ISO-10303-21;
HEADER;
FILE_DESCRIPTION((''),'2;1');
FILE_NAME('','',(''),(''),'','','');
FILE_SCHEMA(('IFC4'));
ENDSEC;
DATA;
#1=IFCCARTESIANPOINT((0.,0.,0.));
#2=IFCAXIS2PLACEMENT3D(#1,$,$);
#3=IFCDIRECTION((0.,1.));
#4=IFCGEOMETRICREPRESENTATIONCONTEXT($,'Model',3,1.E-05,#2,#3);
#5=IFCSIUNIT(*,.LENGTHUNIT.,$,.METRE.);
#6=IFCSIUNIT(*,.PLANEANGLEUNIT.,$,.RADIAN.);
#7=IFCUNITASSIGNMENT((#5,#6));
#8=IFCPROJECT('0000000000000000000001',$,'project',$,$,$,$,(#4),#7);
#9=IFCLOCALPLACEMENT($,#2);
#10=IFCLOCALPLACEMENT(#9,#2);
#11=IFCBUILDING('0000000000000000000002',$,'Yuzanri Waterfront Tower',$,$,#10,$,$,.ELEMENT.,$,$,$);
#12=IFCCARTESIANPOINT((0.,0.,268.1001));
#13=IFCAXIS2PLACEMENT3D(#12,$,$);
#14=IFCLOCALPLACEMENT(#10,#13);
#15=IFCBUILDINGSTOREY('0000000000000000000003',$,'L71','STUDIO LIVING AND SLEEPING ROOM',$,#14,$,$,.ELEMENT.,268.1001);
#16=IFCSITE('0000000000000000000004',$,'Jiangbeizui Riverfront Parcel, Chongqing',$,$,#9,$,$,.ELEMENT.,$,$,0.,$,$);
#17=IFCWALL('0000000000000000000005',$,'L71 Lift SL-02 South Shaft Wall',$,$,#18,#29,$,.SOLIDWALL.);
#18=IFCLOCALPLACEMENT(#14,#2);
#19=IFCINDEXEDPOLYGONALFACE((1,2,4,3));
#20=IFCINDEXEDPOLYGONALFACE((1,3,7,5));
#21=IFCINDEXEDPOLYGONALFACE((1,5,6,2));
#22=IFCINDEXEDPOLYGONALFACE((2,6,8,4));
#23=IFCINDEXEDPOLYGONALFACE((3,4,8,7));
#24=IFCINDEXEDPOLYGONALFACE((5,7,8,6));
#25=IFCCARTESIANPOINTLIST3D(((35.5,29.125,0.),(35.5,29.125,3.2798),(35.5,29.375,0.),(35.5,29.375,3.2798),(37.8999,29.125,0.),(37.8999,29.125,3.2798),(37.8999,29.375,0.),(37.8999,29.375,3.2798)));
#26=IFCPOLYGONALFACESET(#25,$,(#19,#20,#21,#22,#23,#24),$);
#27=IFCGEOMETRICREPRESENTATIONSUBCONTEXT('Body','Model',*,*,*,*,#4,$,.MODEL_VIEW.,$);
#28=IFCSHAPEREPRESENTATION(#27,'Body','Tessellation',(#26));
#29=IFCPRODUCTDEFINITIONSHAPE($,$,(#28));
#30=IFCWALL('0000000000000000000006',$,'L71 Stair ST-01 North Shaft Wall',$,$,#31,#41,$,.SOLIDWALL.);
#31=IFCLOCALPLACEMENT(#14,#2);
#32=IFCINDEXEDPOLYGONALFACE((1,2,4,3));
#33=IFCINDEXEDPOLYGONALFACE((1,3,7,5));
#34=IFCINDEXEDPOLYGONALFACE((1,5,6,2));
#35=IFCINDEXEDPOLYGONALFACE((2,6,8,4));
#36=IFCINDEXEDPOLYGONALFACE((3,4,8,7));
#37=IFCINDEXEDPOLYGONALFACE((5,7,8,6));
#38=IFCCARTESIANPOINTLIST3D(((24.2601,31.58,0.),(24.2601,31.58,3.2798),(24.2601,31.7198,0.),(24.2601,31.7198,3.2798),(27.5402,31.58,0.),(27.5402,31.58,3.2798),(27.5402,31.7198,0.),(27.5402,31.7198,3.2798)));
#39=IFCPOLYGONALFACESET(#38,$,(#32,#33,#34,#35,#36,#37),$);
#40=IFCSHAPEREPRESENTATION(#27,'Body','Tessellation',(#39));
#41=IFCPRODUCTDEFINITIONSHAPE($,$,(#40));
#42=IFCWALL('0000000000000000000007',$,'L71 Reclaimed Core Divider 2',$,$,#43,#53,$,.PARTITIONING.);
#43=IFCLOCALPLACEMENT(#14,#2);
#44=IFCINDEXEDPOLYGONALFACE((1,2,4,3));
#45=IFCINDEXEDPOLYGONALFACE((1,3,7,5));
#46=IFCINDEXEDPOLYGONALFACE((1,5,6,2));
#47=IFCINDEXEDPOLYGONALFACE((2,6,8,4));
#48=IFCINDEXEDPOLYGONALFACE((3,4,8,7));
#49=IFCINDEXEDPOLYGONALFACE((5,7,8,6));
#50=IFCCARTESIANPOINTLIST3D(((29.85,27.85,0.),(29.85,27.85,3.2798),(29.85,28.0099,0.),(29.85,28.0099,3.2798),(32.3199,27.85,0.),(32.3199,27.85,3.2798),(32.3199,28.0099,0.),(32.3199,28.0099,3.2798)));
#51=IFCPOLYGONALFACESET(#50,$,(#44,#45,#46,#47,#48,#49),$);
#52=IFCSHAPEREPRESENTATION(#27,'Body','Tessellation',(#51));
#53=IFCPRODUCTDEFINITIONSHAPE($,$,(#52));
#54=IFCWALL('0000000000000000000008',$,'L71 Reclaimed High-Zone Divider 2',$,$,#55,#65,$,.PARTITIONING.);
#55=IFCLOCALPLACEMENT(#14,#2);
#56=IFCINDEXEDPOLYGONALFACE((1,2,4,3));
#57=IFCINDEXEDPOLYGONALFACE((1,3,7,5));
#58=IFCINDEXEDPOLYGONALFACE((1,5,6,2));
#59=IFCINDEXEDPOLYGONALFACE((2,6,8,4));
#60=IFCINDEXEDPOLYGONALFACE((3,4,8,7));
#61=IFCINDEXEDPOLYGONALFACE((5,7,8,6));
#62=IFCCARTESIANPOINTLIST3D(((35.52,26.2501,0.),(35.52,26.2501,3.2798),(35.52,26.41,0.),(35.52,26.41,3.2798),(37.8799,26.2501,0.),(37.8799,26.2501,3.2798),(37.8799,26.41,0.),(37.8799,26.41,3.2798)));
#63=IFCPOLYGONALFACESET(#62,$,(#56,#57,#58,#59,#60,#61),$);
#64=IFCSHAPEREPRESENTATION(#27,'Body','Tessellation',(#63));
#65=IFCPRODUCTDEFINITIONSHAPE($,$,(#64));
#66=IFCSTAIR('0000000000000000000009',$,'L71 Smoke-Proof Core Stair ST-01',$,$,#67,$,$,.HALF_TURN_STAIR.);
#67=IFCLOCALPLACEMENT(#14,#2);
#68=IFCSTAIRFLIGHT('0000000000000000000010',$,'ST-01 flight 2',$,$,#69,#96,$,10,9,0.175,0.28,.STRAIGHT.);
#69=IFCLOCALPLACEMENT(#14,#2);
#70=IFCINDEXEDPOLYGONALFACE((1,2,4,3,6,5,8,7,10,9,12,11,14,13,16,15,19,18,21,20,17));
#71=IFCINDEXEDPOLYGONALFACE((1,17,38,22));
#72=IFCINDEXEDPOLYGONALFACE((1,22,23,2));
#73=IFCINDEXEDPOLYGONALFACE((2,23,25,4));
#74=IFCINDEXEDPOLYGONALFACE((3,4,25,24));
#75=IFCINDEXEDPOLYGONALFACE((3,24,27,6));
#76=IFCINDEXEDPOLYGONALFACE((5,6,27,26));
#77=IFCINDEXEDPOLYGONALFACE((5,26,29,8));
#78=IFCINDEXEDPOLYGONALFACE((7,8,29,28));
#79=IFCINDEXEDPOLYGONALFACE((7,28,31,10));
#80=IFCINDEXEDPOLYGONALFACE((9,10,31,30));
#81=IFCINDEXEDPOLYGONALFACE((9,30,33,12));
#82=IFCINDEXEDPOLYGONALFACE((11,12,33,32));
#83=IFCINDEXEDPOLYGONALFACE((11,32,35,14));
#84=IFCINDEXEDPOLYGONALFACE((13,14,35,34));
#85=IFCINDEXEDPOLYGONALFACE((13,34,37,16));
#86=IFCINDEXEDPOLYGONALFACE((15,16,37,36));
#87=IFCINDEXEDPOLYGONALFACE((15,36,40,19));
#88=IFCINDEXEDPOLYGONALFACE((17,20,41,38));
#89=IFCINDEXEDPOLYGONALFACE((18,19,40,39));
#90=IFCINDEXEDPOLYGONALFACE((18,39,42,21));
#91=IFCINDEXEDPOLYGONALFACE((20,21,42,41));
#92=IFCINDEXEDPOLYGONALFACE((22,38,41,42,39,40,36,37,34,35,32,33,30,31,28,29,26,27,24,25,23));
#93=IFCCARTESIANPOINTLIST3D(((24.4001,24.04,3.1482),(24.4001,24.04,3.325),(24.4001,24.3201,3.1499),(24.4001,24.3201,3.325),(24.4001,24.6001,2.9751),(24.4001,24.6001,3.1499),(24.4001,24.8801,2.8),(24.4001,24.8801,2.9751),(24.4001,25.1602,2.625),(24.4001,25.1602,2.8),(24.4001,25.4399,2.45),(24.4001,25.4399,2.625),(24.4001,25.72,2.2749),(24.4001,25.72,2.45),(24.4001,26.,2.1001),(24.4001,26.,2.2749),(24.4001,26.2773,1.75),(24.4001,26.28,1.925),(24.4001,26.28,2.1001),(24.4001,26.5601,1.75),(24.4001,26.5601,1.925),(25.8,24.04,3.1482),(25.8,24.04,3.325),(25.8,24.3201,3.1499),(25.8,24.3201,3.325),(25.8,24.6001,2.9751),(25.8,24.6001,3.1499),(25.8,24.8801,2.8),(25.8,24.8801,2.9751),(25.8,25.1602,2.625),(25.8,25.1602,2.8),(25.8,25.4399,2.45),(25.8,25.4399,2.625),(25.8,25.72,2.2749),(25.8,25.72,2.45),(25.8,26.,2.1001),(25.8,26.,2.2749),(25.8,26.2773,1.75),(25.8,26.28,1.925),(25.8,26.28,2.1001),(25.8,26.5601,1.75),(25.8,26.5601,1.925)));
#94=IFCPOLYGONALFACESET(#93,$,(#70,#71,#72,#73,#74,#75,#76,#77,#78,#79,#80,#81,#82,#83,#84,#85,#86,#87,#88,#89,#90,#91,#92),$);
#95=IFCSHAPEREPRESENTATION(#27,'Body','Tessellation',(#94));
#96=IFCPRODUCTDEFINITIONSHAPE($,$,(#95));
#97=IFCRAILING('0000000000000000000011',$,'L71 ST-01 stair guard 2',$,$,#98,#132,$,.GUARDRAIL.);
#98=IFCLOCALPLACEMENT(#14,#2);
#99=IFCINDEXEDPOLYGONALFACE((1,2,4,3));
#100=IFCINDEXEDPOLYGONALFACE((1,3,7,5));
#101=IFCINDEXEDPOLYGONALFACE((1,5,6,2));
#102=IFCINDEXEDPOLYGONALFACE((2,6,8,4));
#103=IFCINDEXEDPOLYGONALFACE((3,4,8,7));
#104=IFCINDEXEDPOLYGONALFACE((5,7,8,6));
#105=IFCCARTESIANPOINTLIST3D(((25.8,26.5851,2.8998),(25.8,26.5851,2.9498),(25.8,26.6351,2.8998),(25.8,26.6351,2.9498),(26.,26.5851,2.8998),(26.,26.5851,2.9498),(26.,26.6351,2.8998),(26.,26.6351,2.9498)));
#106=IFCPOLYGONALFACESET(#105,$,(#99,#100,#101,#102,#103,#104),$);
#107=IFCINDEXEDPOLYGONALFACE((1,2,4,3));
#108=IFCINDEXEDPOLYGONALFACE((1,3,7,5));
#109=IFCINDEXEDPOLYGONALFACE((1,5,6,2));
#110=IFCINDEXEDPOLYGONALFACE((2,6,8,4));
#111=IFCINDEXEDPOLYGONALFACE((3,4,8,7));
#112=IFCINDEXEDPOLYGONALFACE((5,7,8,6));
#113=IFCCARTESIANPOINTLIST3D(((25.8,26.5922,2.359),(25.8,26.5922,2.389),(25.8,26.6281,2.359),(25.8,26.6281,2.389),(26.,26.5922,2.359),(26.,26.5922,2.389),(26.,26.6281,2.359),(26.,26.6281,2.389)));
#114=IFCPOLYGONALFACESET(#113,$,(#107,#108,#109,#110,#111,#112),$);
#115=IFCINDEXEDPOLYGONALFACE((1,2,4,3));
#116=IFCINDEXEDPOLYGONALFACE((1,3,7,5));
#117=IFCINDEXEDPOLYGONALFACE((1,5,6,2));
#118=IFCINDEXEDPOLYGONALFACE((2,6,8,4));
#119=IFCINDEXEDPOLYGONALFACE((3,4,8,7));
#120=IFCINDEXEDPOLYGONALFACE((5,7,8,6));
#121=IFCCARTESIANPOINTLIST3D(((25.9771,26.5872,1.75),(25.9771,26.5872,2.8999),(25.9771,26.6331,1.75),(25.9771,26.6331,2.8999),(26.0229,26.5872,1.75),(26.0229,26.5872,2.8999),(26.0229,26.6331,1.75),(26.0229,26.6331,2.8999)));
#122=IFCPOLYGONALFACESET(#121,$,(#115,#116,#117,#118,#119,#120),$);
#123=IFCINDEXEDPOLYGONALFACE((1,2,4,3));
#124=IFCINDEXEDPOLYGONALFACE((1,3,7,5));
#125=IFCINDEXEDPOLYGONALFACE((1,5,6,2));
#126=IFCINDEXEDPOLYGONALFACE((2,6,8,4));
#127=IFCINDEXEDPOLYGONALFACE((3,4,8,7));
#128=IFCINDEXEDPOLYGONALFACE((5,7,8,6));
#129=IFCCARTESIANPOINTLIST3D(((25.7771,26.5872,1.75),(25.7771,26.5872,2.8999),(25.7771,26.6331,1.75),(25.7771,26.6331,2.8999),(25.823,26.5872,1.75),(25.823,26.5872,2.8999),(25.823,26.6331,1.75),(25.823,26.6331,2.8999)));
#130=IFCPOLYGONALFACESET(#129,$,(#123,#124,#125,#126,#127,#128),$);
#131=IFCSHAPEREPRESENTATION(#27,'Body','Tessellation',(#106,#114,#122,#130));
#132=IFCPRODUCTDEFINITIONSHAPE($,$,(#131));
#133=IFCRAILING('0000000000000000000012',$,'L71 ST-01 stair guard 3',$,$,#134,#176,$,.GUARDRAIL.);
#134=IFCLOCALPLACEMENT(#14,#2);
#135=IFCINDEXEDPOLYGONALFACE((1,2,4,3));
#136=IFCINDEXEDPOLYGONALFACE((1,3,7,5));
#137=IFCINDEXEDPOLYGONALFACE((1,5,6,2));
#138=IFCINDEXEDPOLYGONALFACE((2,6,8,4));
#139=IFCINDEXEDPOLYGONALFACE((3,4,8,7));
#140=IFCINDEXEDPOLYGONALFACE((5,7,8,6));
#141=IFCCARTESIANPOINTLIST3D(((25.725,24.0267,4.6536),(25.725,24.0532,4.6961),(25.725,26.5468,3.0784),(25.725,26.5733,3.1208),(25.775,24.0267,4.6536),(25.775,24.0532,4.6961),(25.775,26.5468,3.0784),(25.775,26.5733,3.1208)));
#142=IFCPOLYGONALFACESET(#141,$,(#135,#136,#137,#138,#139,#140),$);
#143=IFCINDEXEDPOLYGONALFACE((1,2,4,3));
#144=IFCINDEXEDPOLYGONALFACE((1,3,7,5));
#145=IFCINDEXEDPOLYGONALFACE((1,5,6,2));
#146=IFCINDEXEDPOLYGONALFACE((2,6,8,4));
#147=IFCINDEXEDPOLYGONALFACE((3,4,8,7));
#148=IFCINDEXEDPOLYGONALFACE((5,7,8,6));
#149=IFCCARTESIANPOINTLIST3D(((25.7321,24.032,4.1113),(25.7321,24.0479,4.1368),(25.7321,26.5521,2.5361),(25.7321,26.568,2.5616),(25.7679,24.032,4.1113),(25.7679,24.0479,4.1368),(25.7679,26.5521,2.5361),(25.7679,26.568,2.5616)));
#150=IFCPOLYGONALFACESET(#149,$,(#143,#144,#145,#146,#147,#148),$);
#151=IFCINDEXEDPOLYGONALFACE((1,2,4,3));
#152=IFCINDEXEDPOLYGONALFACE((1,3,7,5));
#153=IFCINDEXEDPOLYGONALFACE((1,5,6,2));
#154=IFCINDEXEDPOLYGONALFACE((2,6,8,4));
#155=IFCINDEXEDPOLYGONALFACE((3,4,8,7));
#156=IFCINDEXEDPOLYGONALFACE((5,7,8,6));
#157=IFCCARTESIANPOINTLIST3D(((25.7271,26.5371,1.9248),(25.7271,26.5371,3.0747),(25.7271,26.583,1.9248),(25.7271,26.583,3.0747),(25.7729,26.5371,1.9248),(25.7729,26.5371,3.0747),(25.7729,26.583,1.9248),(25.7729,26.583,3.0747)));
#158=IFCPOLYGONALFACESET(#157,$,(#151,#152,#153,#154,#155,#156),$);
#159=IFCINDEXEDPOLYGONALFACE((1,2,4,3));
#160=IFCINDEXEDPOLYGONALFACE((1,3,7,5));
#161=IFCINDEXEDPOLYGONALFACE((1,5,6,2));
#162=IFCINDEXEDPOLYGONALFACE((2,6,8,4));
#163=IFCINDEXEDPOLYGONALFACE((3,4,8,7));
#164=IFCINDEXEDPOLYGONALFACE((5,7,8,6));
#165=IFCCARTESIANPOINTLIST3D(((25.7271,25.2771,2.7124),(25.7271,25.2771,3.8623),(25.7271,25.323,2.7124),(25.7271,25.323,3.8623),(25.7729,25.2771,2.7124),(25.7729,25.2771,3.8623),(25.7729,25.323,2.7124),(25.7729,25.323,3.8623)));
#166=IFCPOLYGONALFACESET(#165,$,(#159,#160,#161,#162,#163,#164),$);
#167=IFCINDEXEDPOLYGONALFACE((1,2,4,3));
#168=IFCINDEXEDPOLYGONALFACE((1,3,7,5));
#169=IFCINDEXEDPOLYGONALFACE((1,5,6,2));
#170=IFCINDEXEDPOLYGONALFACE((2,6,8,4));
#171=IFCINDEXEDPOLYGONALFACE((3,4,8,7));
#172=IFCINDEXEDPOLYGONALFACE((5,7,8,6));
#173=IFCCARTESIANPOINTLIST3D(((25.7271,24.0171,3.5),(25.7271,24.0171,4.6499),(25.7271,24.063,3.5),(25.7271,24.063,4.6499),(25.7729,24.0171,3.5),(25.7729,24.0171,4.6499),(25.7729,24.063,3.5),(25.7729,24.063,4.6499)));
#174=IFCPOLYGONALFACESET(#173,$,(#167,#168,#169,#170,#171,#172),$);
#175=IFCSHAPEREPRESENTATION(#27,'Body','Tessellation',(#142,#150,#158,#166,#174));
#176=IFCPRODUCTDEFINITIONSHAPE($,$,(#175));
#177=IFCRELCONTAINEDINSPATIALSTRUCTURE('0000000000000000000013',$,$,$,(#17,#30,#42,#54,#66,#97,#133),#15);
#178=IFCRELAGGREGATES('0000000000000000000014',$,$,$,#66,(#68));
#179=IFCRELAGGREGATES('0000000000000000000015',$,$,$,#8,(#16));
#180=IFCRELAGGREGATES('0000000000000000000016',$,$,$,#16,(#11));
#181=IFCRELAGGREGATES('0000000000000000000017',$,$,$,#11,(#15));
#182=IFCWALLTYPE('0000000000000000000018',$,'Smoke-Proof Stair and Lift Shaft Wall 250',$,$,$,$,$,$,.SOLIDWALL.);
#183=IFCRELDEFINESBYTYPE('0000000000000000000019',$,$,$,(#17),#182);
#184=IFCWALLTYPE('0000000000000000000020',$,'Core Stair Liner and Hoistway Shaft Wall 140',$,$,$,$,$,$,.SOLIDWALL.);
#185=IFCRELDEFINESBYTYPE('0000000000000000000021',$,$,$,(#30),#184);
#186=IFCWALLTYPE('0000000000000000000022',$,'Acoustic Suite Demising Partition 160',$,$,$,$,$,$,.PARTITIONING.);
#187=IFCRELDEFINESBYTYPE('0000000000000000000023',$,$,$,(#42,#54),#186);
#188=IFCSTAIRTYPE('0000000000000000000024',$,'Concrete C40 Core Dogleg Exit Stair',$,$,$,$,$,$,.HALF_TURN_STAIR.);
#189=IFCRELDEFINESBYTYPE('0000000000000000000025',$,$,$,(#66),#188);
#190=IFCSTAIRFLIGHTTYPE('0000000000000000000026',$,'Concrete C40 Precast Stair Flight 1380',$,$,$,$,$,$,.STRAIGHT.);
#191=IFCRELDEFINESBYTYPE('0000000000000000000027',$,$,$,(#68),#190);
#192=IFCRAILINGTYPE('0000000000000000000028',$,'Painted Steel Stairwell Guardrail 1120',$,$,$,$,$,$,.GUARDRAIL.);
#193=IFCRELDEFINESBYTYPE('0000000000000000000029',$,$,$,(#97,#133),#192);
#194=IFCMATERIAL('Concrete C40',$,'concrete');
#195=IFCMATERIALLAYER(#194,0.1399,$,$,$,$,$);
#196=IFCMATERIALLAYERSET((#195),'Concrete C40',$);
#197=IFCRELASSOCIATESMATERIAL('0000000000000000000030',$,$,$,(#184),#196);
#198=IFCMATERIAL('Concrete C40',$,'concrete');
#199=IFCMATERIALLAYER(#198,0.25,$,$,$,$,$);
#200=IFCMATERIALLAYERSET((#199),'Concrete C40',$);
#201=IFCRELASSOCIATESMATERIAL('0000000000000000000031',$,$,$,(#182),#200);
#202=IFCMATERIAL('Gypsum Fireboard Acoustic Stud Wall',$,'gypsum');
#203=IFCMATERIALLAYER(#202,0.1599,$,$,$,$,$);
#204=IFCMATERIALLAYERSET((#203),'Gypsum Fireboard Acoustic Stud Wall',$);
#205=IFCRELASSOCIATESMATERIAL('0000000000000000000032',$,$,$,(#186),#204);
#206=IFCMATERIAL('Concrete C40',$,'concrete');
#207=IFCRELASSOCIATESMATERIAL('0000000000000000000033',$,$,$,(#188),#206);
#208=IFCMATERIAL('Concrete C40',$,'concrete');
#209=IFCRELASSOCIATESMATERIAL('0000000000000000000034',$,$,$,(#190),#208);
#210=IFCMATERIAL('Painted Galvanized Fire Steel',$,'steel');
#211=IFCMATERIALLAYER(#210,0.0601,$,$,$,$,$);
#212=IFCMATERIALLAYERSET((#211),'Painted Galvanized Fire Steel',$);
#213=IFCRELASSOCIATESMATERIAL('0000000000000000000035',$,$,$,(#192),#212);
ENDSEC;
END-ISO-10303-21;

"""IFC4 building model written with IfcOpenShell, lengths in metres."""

from ifc_helpers import new_model, si_unit, direction, frame, frame_2d, origin, origin_2d, place, context, subcontext, project, spatial, polyline, rectangle, outline, extrude, source, transform, mapped, material, layer, layer_set, type_object, element, aggregate, save


model = new_model("IFC4")

# Units and contexts
model_context = context("Model", 3, precision=1e-05, world=origin(), true_north=direction((0.0, 1.0)))
body_context = subcontext(model_context, "Body", "Model", "MODEL_VIEW")
ifc_project = project(units=[si_unit("LENGTHUNIT", "METRE"), si_unit("PLANEANGLEUNIT", "RADIAN")], contexts=[model_context])

# Site, building, storey
site_placement = place(None, origin())
site = spatial("IfcSite", under=ifc_project, at=site_placement, Name="Jiangbeizui Riverfront Parcel, Chongqing", CompositionType="ELEMENT", RefElevation=0.0)
building_placement = place(site_placement, origin())
building = spatial("IfcBuilding", under=site, at=building_placement, Name="Yuzanri Waterfront Tower", CompositionType="ELEMENT")
storey_placement = place(building_placement, frame((0.0, 0.0, 268.1001)))
storey = spatial("IfcBuildingStorey", under=building, at=storey_placement, Name="L71", Description="STUDIO LIVING AND SLEEPING ROOM", CompositionType="ELEMENT", Elevation=268.1001)

# Shared definitions
ifc_material_1 = material(Name="Concrete C40", Category="concrete")
ifc_layer_1 = layer(ifc_material_1, 0.1399)
ifc_layer_set_1 = layer_set([ifc_layer_1], Name="Concrete C40")
wall_type_1 = type_object("IfcWallType", Name="Core Stair Liner and Hoistway Shaft Wall 140", PredefinedType="SOLIDWALL", material=ifc_layer_set_1)

# Walls
ifc_material_2 = material(Name="Concrete C40", Category="concrete")
ifc_layer_2 = layer(ifc_material_2, 0.25)
ifc_layer_set_2 = layer_set([ifc_layer_2], Name="Concrete C40")
wall_type_2 = type_object("IfcWallType", Name="Smoke-Proof Stair and Lift Shaft Wall 250", PredefinedType="SOLIDWALL", material=ifc_layer_set_2)
shared_shape_1 = source(origin(), body_context, "Body", "SweptSolid", [
    extrude(rectangle(XDim=2.3999, YDim=0.25, at=frame_2d((1.2, 0.0))), origin(), (0.0, 0.0, 1.0), 3.2798),
])
wall_1_placement = place(storey_placement, frame((35.5, 29.25, 0.0), z_axis=(0.0, 0.0, 1.0), x_axis=(1.0, 0.0, 0.0)))
element("IfcWall", 1, at=wall_1_placement, inside=storey, type_object=wall_type_2, Name="L71 Lift SL-02 South Shaft Wall", PredefinedType="SOLIDWALL", context=body_context, shape_type="MappedRepresentation", body=[
    mapped(shared_shape_1, transform((0.0, 0.0, 0.0), scale=1.0)),
])
shared_shape_2 = source(origin(), body_context, "Body", "SweptSolid", [
    extrude(rectangle(XDim=3.28, YDim=0.1399, at=frame_2d((1.6401, 0.0))), origin(), (0.0, 0.0, 1.0), 3.2798),
])
wall_2_placement = place(storey_placement, frame((24.26, 31.6499, 0.0), z_axis=(0.0, 0.0, 1.0), x_axis=(1.0, 0.0, 0.0)))
element("IfcWall", 2, at=wall_2_placement, inside=storey, type_object=wall_type_1, Name="L71 Stair ST-01 North Shaft Wall", PredefinedType="SOLIDWALL", context=body_context, shape_type="MappedRepresentation", body=[
    mapped(shared_shape_2, transform((0.0, 0.0, 0.0), scale=1.0)),
])
ifc_material_3 = material(Name="Gypsum Fireboard Acoustic Stud Wall", Category="gypsum")
ifc_layer_3 = layer(ifc_material_3, 0.1599)
ifc_layer_set_3 = layer_set([ifc_layer_3], Name="Gypsum Fireboard Acoustic Stud Wall")
wall_type_3 = type_object("IfcWallType", Name="Acoustic Suite Demising Partition 160", PredefinedType="PARTITIONING", material=ifc_layer_set_3)
shared_shape_3 = source(origin(), body_context, "Body", "SweptSolid", [
    extrude(rectangle(XDim=2.47, YDim=0.1599, at=frame_2d((1.2349, 0.0))), origin(), (0.0, 0.0, 1.0), 3.2798),
])
wall_3_placement = place(storey_placement, frame((29.8501, 27.9299, 0.0), z_axis=(0.0, 0.0, 1.0), x_axis=(1.0, 0.0, 0.0)))
element("IfcWall", 3, at=wall_3_placement, inside=storey, type_object=wall_type_3, Name="L71 Reclaimed Core Divider 2", PredefinedType="PARTITIONING", context=body_context, shape_type="MappedRepresentation", body=[
    mapped(shared_shape_3, transform((0.0, 0.0, 0.0), scale=1.0)),
])
shared_shape_4 = source(origin(), body_context, "Body", "SweptSolid", [
    extrude(rectangle(XDim=2.3599, YDim=0.1599, at=frame_2d((1.1799, 0.0))), origin(), (0.0, 0.0, 1.0), 3.2798),
])
wall_4_placement = place(storey_placement, frame((35.52, 26.3301, 0.0), z_axis=(0.0, 0.0, 1.0), x_axis=(1.0, 0.0, 0.0)))
element("IfcWall", 4, at=wall_4_placement, inside=storey, type_object=wall_type_3, Name="L71 Reclaimed High-Zone Divider 2", PredefinedType="PARTITIONING", context=body_context, shape_type="MappedRepresentation", body=[
    mapped(shared_shape_4, transform((0.0, 0.0, 0.0), scale=1.0)),
])

# Stair, stair flight
ifc_material_4 = material(Name="Concrete C40", Category="concrete")
stair_type = type_object("IfcStairType", Name="Concrete C40 Core Dogleg Exit Stair", PredefinedType="HALF_TURN_STAIR", material=ifc_material_4)
stair_placement = place(storey_placement, origin())
stair = element("IfcStair", 5, at=stair_placement, inside=storey, type_object=stair_type, Name="L71 Smoke-Proof Core Stair ST-01", PredefinedType="HALF_TURN_STAIR")
ifc_material_5 = material(Name="Concrete C40", Category="concrete")
stair_flight_type = type_object("IfcStairFlightType", Name="Concrete C40 Precast Stair Flight 1380", PredefinedType="STRAIGHT", material=ifc_material_5)
shared_shape_5 = source(origin(), body_context, "Body", "SweptSolid", [
    extrude(outline(polyline([(0.0, 0.0), (0.0, 0.175), (0.28, 0.175), (0.28, 0.3501), (0.5601, 0.3501), (0.5601, 0.5249), (0.8401, 0.5249), (0.8401, 0.7), (1.1201, 0.7), (1.1201, 0.875), (1.3999, 0.875), (1.3999, 1.05), (1.6799, 1.05), (1.6799, 1.2251), (1.96, 1.2251), (1.96, 1.3999), (2.24, 1.3999), (2.24, 1.575), (2.52, 1.575), (2.52, 1.75), (2.52, 1.3982), (0.2827, 0.0), (0.0, 0.0)])), frame((0.0, 0.7, 0.0), z_axis=(0.0, -1.0, 0.0), x_axis=(1.0, 0.0, 0.0)), (0.0, 0.0, 1.0), 1.3999),
])
stair_flight_placement = place(storey_placement, frame((25.1001, 26.5601, 1.75), z_axis=(0.0, 0.0, 1.0), x_axis=(0.0, -1.0, 0.0)))
stair_flight = element("IfcStairFlight", 6, at=stair_flight_placement, type_object=stair_flight_type, Name="ST-01 flight 2", NumberOfRisers=10, NumberOfTreads=9, PredefinedType="STRAIGHT", RiserHeight=0.175, TreadLength=0.28, context=body_context, shape_type="MappedRepresentation", body=[
    mapped(shared_shape_5, transform((0.0, 0.0, 0.0), scale=1.0)),
])
aggregate(stair, [stair_flight])

# Railings
ifc_material_6 = material(Name="Painted Galvanized Fire Steel", Category="steel")
ifc_layer_4 = layer(ifc_material_6, 0.0601)
ifc_layer_set_4 = layer_set([ifc_layer_4], Name="Painted Galvanized Fire Steel")
railing_type_1 = type_object("IfcRailingType", Name="Painted Steel Stairwell Guardrail 1120", PredefinedType="GUARDRAIL", material=ifc_layer_set_4)
shared_shape_6 = source(origin(), body_context, "Body", "SweptSolid", [
    extrude(rectangle(XDim=0.05, YDim=0.05, at=origin_2d()), frame((0.0, 0.0, 1.1748), z_axis=(-1.0, 0.0, 0.0), x_axis=(0.0, -1.0, 0.0)), (0.0, 0.0, 1.0), 0.2),
    extrude(rectangle(XDim=0.0359, YDim=0.03, at=origin_2d()), frame((0.0, 0.0, 0.624), z_axis=(-1.0, 0.0, 0.0), x_axis=(0.0, -1.0, 0.0)), (0.0, 0.0, 1.0), 0.2),
    extrude(rectangle(XDim=0.0459, YDim=0.0459, at=origin_2d()), origin(), (0.0, 0.0, 1.0), 1.1499),
    extrude(rectangle(XDim=0.0459, YDim=0.0459, at=origin_2d()), frame((-0.2, 0.0, 0.0)), (0.0, 0.0, 1.0), 1.1499),
])
railing_1_placement = place(storey_placement, frame((26.0, 26.6101, 1.75)))
element("IfcRailing", 7, at=railing_1_placement, inside=storey, type_object=railing_type_1, Name="L71 ST-01 stair guard 2", PredefinedType="GUARDRAIL", context=body_context, shape_type="MappedRepresentation", body=[
    mapped(shared_shape_6, transform((0.0, 0.0, 0.0), scale=1.0)),
])
shared_shape_7 = source(origin(), body_context, "Body", "SweptSolid", [
    extrude(rectangle(XDim=0.05, YDim=0.05, at=origin_2d()), frame((0.0, 0.0, 1.1748), z_axis=(0.0, -0.847971, 0.530043), x_axis=(1.0, 0.0, 0.0)), (0.0, 0.0, 1.0), 2.9719),
    extrude(rectangle(XDim=0.0359, YDim=0.03, at=origin_2d()), frame((0.0, 0.0, 0.624), z_axis=(0.0, -0.847971, 0.530043), x_axis=(1.0, 0.0, 0.0)), (0.0, 0.0, 1.0), 2.9719),
    extrude(rectangle(XDim=0.0459, YDim=0.0459, at=origin_2d()), origin(), (0.0, 0.0, 1.0), 1.1499),
    extrude(rectangle(XDim=0.0459, YDim=0.0459, at=origin_2d()), frame((0.0, -1.26, 0.7876)), (0.0, 0.0, 1.0), 1.1499),
    extrude(rectangle(XDim=0.0459, YDim=0.0459, at=origin_2d()), frame((0.0, -2.52, 1.5752)), (0.0, 0.0, 1.0), 1.1499),
])
railing_2_placement = place(storey_placement, frame((25.75, 26.5601, 1.9248)))
element("IfcRailing", 8, at=railing_2_placement, inside=storey, type_object=railing_type_1, Name="L71 ST-01 stair guard 3", PredefinedType="GUARDRAIL", context=body_context, shape_type="MappedRepresentation", body=[
    mapped(shared_shape_7, transform((0.0, 0.0, 0.0), scale=1.0)),
])

save(model, "model.ifc")
